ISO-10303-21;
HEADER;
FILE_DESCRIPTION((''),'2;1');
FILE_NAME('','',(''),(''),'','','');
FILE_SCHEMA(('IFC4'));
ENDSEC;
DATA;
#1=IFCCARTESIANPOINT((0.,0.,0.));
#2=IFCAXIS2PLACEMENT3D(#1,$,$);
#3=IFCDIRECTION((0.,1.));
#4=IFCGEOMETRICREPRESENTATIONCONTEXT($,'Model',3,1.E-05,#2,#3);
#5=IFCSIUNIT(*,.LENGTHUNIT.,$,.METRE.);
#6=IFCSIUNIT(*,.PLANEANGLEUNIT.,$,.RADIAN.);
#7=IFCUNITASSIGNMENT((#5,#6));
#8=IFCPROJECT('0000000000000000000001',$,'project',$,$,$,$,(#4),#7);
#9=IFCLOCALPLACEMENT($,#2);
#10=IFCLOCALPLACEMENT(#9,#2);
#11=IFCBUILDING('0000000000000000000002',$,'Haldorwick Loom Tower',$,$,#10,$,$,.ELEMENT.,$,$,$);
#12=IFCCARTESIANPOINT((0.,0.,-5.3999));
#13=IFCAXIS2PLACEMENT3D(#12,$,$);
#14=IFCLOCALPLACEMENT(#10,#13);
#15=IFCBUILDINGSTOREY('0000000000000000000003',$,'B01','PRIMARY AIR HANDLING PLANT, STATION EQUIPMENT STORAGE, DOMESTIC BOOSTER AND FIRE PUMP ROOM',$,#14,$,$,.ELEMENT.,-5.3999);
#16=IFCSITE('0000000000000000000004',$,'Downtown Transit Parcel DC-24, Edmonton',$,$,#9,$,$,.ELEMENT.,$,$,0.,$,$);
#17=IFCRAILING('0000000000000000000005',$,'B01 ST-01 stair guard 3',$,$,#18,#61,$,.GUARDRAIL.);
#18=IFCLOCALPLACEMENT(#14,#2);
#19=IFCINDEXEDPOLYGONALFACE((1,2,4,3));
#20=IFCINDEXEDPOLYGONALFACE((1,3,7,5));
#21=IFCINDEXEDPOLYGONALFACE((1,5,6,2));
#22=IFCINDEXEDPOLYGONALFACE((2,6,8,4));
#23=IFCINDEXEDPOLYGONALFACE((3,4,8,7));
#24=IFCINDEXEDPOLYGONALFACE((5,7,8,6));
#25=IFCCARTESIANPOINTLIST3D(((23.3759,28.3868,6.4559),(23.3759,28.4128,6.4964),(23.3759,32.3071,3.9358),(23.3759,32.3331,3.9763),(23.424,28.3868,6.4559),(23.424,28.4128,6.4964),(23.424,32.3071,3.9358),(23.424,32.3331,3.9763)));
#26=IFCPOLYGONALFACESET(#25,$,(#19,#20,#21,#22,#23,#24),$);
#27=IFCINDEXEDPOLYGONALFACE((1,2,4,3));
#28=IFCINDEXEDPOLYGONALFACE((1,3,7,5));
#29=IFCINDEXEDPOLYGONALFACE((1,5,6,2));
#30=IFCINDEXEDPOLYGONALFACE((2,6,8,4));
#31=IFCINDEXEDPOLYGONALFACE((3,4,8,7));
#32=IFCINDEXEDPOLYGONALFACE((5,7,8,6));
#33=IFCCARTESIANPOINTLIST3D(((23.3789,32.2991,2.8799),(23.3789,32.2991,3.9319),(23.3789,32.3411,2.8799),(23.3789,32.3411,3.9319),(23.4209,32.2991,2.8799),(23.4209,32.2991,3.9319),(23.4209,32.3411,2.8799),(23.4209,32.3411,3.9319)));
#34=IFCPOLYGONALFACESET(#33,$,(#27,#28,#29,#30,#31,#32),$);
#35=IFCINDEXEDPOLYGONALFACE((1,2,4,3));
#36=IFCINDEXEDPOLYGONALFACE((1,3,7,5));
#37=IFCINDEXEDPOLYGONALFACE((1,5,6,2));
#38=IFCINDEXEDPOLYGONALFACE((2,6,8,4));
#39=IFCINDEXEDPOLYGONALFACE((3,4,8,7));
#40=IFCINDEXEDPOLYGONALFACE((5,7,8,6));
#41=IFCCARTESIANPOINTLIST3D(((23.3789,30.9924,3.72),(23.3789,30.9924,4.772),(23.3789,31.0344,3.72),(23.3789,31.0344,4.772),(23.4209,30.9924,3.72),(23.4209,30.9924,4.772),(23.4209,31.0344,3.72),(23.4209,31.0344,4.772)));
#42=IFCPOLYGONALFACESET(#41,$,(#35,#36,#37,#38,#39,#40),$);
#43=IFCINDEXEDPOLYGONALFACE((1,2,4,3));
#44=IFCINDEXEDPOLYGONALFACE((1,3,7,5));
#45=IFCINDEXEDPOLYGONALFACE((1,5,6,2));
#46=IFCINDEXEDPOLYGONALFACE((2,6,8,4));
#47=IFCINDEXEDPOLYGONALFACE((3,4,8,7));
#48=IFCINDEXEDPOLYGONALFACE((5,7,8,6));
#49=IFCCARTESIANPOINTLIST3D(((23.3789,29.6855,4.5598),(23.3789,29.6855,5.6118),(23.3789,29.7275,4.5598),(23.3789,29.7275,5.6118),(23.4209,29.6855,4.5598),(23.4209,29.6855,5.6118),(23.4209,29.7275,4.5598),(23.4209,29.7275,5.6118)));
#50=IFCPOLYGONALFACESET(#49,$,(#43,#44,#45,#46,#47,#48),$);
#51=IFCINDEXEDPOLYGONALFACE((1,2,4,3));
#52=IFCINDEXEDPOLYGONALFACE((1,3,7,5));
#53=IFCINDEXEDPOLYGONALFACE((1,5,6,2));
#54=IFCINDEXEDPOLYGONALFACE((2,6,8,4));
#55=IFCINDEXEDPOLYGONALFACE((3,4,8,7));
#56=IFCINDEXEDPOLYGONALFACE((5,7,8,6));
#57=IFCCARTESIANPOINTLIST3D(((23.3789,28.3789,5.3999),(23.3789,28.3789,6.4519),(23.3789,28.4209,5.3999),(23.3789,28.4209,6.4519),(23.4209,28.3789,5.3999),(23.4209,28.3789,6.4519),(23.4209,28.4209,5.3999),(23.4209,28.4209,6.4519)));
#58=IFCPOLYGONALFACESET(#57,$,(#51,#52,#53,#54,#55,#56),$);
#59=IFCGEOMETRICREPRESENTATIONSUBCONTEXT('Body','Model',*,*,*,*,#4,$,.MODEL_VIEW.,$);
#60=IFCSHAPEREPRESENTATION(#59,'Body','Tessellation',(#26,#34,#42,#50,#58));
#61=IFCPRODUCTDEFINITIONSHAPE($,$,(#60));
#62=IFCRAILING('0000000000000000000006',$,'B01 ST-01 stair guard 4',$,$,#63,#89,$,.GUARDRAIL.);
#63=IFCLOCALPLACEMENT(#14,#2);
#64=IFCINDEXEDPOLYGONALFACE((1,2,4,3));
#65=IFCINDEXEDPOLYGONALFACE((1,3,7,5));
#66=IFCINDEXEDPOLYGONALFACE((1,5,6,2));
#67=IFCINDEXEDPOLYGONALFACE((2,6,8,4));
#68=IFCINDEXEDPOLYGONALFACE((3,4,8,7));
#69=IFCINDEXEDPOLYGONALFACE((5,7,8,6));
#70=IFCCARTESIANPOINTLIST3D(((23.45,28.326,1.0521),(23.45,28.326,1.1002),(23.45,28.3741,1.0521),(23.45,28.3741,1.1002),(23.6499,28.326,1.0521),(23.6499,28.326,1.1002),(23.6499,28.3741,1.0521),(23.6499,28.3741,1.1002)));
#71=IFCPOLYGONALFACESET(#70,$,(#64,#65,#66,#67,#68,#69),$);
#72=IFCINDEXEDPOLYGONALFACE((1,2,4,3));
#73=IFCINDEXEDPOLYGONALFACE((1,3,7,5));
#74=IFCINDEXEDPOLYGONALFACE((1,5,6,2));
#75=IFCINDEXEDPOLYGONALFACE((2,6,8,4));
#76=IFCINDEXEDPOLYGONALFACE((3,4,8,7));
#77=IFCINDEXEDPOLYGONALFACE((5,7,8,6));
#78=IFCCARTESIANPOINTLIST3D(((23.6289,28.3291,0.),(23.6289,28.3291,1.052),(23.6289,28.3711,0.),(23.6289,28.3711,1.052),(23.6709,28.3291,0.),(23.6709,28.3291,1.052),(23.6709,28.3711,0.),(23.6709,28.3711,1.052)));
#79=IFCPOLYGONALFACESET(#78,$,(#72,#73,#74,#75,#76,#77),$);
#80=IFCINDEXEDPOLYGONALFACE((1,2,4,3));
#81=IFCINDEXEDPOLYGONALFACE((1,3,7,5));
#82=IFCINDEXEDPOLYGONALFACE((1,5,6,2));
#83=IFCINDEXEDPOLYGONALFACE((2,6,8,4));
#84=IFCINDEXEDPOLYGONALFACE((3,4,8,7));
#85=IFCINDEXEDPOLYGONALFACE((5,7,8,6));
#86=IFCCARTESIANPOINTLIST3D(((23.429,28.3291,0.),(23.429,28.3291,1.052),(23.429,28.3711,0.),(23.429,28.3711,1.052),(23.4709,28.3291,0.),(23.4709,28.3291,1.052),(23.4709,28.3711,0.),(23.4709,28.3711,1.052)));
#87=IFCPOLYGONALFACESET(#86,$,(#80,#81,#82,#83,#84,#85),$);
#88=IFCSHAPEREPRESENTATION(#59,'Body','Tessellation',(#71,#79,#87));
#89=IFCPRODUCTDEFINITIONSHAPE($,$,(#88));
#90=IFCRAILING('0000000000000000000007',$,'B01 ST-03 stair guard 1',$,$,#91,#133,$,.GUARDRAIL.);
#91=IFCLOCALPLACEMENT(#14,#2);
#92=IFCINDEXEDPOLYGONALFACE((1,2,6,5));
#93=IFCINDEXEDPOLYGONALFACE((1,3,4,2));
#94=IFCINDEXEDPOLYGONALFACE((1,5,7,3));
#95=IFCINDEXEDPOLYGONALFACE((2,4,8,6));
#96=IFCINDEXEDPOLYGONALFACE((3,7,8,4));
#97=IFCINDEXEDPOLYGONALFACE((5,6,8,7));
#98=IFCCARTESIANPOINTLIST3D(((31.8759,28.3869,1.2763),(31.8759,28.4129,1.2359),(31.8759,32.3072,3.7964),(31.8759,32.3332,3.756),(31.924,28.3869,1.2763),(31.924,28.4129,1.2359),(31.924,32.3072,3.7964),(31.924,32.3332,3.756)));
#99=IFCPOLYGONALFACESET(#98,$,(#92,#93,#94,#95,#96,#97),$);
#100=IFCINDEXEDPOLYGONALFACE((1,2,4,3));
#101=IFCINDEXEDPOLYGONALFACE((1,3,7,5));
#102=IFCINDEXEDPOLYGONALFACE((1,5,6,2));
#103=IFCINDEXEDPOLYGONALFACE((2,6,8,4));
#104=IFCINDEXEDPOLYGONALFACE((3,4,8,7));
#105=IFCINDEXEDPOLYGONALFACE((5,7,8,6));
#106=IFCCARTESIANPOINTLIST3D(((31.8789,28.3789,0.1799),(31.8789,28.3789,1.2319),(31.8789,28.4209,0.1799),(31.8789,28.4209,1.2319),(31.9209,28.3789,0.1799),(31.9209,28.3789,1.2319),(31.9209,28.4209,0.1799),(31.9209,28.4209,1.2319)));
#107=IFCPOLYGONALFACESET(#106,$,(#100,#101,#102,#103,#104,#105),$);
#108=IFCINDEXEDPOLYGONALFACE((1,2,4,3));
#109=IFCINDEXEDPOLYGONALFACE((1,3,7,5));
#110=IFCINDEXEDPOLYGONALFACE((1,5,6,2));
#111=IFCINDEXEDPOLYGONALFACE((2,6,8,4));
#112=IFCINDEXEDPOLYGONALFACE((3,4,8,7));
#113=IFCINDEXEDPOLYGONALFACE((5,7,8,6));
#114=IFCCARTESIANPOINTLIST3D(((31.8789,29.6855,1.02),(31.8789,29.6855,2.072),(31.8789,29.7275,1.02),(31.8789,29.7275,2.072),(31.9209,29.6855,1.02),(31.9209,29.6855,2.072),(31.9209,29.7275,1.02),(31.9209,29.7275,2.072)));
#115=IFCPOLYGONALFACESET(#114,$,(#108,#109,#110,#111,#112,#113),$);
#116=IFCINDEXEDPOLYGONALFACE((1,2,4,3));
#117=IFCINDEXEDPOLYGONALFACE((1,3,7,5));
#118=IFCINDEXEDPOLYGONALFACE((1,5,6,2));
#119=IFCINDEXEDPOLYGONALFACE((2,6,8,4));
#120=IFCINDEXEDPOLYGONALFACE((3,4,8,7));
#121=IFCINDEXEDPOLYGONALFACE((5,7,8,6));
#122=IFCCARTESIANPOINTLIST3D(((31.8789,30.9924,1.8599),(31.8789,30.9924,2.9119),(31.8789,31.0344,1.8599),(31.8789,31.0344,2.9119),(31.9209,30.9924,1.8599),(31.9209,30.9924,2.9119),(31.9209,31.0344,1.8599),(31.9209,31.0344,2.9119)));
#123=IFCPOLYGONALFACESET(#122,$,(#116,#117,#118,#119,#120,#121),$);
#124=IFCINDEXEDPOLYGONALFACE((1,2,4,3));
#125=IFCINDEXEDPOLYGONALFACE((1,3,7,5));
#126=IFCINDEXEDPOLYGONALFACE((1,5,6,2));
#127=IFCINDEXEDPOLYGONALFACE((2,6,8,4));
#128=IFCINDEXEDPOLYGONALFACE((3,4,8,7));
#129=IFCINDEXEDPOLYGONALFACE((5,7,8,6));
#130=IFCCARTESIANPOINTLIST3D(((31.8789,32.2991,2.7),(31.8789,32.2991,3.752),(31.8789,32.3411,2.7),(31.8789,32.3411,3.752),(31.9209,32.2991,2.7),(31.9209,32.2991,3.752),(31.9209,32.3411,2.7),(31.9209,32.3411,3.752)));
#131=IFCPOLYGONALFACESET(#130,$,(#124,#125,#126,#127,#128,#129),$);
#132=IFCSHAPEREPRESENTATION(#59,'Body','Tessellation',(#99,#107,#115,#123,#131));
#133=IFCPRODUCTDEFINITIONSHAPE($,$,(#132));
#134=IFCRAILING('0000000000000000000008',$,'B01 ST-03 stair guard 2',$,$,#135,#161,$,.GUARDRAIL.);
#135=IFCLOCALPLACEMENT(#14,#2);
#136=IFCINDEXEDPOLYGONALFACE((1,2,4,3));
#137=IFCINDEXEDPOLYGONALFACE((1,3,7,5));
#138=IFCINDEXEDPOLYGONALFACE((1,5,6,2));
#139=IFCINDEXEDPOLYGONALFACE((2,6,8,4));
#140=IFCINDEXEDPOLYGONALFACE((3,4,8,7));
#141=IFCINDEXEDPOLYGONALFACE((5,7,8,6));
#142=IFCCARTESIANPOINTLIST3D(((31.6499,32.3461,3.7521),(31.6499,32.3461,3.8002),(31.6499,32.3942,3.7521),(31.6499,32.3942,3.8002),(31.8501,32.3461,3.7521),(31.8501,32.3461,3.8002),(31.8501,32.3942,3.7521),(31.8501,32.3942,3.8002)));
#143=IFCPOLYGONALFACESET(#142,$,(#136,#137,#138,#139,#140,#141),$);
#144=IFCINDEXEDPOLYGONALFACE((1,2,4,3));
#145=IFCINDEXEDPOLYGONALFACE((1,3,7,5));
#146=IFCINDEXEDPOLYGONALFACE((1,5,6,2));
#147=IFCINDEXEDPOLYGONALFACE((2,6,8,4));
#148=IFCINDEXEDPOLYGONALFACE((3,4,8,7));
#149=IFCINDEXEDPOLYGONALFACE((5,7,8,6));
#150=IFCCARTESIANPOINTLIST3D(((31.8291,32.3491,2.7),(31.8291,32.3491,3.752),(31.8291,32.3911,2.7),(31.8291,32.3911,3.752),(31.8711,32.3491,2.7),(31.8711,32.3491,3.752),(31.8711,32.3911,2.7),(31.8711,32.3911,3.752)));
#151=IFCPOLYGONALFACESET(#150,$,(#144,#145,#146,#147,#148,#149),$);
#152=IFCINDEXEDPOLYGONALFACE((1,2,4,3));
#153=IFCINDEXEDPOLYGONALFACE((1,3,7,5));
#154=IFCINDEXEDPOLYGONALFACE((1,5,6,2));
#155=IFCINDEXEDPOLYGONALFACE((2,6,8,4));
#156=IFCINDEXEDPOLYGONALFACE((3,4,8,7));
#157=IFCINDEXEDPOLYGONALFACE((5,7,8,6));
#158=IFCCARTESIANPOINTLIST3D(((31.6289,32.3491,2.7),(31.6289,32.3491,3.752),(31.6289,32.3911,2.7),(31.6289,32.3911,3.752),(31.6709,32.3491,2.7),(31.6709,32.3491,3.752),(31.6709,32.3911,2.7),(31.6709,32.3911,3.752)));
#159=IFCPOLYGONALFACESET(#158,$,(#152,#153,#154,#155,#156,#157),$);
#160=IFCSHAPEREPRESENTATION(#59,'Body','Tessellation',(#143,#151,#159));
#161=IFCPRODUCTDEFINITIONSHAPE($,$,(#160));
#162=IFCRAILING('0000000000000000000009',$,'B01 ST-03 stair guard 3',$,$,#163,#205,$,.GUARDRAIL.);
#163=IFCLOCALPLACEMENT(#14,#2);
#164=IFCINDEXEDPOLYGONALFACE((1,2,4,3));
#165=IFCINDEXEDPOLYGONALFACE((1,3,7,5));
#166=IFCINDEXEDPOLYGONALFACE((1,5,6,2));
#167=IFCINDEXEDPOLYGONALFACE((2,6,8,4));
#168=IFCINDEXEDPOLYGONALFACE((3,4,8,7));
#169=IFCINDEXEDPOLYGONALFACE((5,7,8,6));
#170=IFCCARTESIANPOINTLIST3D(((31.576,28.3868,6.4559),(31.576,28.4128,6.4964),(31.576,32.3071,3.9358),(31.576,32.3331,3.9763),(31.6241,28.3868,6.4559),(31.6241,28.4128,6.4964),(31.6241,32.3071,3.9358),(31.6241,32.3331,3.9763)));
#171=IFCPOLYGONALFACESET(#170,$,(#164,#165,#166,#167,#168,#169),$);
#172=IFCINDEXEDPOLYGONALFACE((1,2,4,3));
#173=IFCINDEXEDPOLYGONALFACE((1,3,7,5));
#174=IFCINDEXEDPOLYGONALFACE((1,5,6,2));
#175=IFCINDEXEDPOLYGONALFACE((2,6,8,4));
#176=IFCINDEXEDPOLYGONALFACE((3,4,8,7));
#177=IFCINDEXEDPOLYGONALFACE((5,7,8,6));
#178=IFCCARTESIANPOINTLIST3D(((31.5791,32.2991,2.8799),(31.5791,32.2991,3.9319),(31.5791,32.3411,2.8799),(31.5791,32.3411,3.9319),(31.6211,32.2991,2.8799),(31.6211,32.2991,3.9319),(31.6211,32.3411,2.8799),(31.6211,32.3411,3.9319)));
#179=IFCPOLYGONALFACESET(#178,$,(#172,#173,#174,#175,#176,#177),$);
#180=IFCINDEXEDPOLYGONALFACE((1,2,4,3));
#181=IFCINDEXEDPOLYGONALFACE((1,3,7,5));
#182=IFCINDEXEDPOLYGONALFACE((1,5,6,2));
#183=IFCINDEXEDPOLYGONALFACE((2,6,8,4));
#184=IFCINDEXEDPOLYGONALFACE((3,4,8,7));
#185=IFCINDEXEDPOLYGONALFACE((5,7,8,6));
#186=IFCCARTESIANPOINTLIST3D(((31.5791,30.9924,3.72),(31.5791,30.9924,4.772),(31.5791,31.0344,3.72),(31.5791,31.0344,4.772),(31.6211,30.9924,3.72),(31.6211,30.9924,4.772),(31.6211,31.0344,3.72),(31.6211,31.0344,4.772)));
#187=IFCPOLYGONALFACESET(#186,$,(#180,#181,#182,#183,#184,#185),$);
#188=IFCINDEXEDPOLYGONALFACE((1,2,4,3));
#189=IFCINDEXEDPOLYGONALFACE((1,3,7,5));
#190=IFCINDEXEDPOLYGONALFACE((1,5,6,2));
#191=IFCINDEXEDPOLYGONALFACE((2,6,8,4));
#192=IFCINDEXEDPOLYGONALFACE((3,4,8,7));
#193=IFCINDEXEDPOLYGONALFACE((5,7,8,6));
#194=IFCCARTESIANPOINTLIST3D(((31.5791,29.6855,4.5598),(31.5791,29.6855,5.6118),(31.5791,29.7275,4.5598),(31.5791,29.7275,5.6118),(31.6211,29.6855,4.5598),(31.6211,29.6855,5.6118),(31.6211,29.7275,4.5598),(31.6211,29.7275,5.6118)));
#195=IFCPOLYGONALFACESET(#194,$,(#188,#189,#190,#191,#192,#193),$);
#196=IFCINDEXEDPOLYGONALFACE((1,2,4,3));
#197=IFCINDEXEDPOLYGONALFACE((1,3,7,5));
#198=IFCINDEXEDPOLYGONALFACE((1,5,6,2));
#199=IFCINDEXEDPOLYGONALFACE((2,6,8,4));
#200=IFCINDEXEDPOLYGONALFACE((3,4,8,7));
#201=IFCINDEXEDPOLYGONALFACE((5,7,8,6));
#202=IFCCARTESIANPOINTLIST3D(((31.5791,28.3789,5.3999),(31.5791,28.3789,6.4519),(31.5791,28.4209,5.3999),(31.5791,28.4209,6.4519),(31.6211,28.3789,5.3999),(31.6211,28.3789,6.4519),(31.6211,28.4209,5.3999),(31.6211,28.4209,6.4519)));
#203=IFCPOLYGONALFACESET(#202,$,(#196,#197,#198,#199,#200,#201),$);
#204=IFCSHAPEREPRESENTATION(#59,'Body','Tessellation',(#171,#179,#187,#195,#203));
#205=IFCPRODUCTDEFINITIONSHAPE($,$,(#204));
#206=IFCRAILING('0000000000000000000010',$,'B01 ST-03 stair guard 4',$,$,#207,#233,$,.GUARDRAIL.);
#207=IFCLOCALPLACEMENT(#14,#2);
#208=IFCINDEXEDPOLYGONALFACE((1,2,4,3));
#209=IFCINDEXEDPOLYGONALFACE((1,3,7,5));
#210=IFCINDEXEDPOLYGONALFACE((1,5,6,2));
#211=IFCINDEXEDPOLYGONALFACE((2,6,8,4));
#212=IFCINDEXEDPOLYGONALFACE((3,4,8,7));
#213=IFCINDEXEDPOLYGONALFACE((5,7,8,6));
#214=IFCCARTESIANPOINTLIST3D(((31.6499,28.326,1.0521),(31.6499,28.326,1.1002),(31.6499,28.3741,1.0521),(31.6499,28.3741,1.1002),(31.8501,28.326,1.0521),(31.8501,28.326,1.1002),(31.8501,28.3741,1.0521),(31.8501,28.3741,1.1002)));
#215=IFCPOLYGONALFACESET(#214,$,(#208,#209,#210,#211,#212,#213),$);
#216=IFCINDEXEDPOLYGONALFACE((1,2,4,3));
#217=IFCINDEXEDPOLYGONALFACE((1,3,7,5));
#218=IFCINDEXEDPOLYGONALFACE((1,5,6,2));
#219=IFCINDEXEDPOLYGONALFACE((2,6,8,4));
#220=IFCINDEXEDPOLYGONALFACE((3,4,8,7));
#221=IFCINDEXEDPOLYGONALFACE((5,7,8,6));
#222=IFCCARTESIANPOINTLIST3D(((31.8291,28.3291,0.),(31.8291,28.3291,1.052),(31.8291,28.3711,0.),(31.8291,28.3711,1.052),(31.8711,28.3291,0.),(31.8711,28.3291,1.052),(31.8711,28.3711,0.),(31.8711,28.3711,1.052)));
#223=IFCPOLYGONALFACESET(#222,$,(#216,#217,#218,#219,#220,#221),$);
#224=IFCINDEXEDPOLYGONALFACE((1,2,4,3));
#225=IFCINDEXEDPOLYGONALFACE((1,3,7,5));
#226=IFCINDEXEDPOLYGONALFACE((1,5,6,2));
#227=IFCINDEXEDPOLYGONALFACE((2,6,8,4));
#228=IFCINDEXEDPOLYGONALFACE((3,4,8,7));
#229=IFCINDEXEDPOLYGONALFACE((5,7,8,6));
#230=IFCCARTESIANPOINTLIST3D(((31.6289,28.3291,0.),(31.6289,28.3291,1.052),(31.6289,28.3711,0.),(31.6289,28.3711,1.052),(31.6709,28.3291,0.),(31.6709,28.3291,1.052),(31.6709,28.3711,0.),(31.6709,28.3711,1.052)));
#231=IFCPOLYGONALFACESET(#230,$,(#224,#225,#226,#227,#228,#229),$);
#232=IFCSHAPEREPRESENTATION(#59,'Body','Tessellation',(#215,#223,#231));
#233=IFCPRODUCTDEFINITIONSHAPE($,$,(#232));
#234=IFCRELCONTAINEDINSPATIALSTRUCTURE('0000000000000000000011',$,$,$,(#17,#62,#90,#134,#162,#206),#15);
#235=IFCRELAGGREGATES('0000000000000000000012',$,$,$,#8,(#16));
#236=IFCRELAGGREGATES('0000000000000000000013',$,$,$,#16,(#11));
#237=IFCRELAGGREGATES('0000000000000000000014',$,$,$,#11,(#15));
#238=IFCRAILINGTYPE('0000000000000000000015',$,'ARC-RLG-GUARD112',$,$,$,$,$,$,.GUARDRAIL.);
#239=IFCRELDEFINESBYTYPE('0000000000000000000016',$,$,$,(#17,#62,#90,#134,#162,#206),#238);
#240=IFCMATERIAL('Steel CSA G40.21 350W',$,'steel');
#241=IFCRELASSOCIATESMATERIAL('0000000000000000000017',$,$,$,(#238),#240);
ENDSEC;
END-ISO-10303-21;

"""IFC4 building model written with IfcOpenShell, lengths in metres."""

from ifc_helpers import new_model, si_unit, direction, frame, origin, origin_2d, place, context, subcontext, project, spatial, rectangle, extrude, material, type_object, element, save


model = new_model("IFC4")

# Units and contexts
model_context = context("Model", 3, precision=1e-05, world=origin(), true_north=direction((0.0, 1.0)))
body_context = subcontext(model_context, "Body", "Model", "MODEL_VIEW")
ifc_project = project(units=[si_unit("LENGTHUNIT", "METRE"), si_unit("PLANEANGLEUNIT", "RADIAN")], contexts=[model_context])

# Site, building, storey
site_placement = place(None, origin())
site = spatial("IfcSite", under=ifc_project, at=site_placement, Name="Downtown Transit Parcel DC-24, Edmonton", CompositionType="ELEMENT", RefElevation=0.0)
building_placement = place(site_placement, origin())
building = spatial("IfcBuilding", under=site, at=building_placement, Name="Haldorwick Loom Tower", CompositionType="ELEMENT")
storey_placement = place(building_placement, frame((0.0, 0.0, -5.3999)))
storey = spatial("IfcBuildingStorey", under=building, at=storey_placement, Name="B01", Description="PRIMARY AIR HANDLING PLANT, STATION EQUIPMENT STORAGE, DOMESTIC BOOSTER AND FIRE PUMP ROOM", CompositionType="ELEMENT", Elevation=-5.3999)

# Shared definitions
ifc_material_1 = material(Name="Steel CSA G40.21 350W", Category="steel")

# Railings
railing_type_1 = type_object("IfcRailingType", Name="ARC-RLG-GUARD112", PredefinedType="GUARDRAIL", material=ifc_material_1)
railing_1_placement = place(storey_placement, frame((23.3999, 32.3201, 2.8799)))
element("IfcRailing", 1, at=railing_1_placement, inside=storey, type_object=railing_type_1, Name="B01 ST-01 stair guard 3", PredefinedType="GUARDRAIL", context=body_context, shape_type="SweptSolid", body=[
    extrude(rectangle(XDim=0.0481, YDim=0.0481, at=origin_2d()), frame((0.0, 0.0, 1.0762), z_axis=(0.0, -0.841187, 0.540744), x_axis=(1.0, 0.0, 0.0)), (0.0, 0.0, 1.0), 4.6604),
    extrude(rectangle(XDim=0.042, YDim=0.042, at=origin_2d()), origin(), (0.0, 0.0, 1.0), 1.052),
    extrude(rectangle(XDim=0.042, YDim=0.042, at=origin_2d()), frame((0.0, -1.3066, 0.8401)), (0.0, 0.0, 1.0), 1.052),
    extrude(rectangle(XDim=0.042, YDim=0.042, at=origin_2d()), frame((0.0, -2.6135, 1.6799)), (0.0, 0.0, 1.0), 1.052),
    extrude(rectangle(XDim=0.042, YDim=0.042, at=origin_2d()), frame((0.0, -3.9202, 2.52)), (0.0, 0.0, 1.0), 1.052),
])
railing_2_placement = place(storey_placement, frame((23.6499, 28.3501, 0.0)))
element("IfcRailing", 2, at=railing_2_placement, inside=storey, type_object=railing_type_1, Name="B01 ST-01 stair guard 4", PredefinedType="GUARDRAIL", context=body_context, shape_type="SweptSolid", body=[
    extrude(rectangle(XDim=0.0481, YDim=0.0481, at=origin_2d()), frame((0.0, 0.0, 1.0762), z_axis=(-1.0, 0.0, 0.0), x_axis=(0.0, -1.0, 0.0)), (0.0, 0.0, 1.0), 0.2),
    extrude(rectangle(XDim=0.042, YDim=0.042, at=origin_2d()), origin(), (0.0, 0.0, 1.0), 1.052),
    extrude(rectangle(XDim=0.042, YDim=0.042, at=origin_2d()), frame((-0.2, 0.0, 0.0)), (0.0, 0.0, 1.0), 1.052),
])
railing_3_placement = place(storey_placement, frame((31.8999, 28.3999, 0.1799)))
element("IfcRailing", 3, at=railing_3_placement, inside=storey, type_object=railing_type_1, Name="B01 ST-03 stair guard 1", PredefinedType="GUARDRAIL", context=body_context, shape_type="SweptSolid", body=[
    extrude(rectangle(XDim=0.0481, YDim=0.0481, at=origin_2d()), frame((0.0, 0.0, 1.0762), z_axis=(0.0, 0.841187, 0.540744), x_axis=(-1.0, 0.0, 0.0)), (0.0, 0.0, 1.0), 4.6604),
    extrude(rectangle(XDim=0.042, YDim=0.042, at=origin_2d()), origin(), (0.0, 0.0, 1.0), 1.052),
    extrude(rectangle(XDim=0.042, YDim=0.042, at=origin_2d()), frame((0.0, 1.3066, 0.8401)), (0.0, 0.0, 1.0), 1.052),
    extrude(rectangle(XDim=0.042, YDim=0.042, at=origin_2d()), frame((0.0, 2.6135, 1.6799)), (0.0, 0.0, 1.0), 1.052),
    extrude(rectangle(XDim=0.042, YDim=0.042, at=origin_2d()), frame((0.0, 3.9202, 2.52)), (0.0, 0.0, 1.0), 1.052),
])
railing_4_placement = place(storey_placement, frame((31.8501, 32.3701, 2.7)))
element("IfcRailing", 4, at=railing_4_placement, inside=storey, type_object=railing_type_1, Name="B01 ST-03 stair guard 2", PredefinedType="GUARDRAIL", context=body_context, shape_type="SweptSolid", body=[
    extrude(rectangle(XDim=0.0481, YDim=0.0481, at=origin_2d()), frame((0.0, 0.0, 1.0762), z_axis=(-1.0, 0.0, 0.0), x_axis=(0.0, -1.0, 0.0)), (0.0, 0.0, 1.0), 0.2002),
    extrude(rectangle(XDim=0.042, YDim=0.042, at=origin_2d()), origin(), (0.0, 0.0, 1.0), 1.052),
    extrude(rectangle(XDim=0.042, YDim=0.042, at=origin_2d()), frame((-0.2002, 0.0, 0.0)), (0.0, 0.0, 1.0), 1.052),
])
railing_5_placement = place(storey_placement, frame((31.6001, 32.3201, 2.8799)))
element("IfcRailing", 5, at=railing_5_placement, inside=storey, type_object=railing_type_1, Name="B01 ST-03 stair guard 3", PredefinedType="GUARDRAIL", context=body_context, shape_type="SweptSolid", body=[
    extrude(rectangle(XDim=0.0481, YDim=0.0481, at=origin_2d()), frame((0.0, 0.0, 1.0762), z_axis=(0.0, -0.841187, 0.540744), x_axis=(1.0, 0.0, 0.0)), (0.0, 0.0, 1.0), 4.6604),
    extrude(rectangle(XDim=0.042, YDim=0.042, at=origin_2d()), origin(), (0.0, 0.0, 1.0), 1.052),
    extrude(rectangle(XDim=0.042, YDim=0.042, at=origin_2d()), frame((0.0, -1.3066, 0.8401)), (0.0, 0.0, 1.0), 1.052),
    extrude(rectangle(XDim=0.042, YDim=0.042, at=origin_2d()), frame((0.0, -2.6135, 1.6799)), (0.0, 0.0, 1.0), 1.052),
    extrude(rectangle(XDim=0.042, YDim=0.042, at=origin_2d()), frame((0.0, -3.9202, 2.52)), (0.0, 0.0, 1.0), 1.052),
])
railing_6_placement = place(storey_placement, frame((31.8501, 28.3501, 0.0)))
element("IfcRailing", 6, at=railing_6_placement, inside=storey, type_object=railing_type_1, Name="B01 ST-03 stair guard 4", PredefinedType="GUARDRAIL", context=body_context, shape_type="SweptSolid", body=[
    extrude(rectangle(XDim=0.0481, YDim=0.0481, at=origin_2d()), frame((0.0, 0.0, 1.0762), z_axis=(-1.0, 0.0, 0.0), x_axis=(0.0, -1.0, 0.0)), (0.0, 0.0, 1.0), 0.2002),
    extrude(rectangle(XDim=0.042, YDim=0.042, at=origin_2d()), origin(), (0.0, 0.0, 1.0), 1.052),
    extrude(rectangle(XDim=0.042, YDim=0.042, at=origin_2d()), frame((-0.2002, 0.0, 0.0)), (0.0, 0.0, 1.0), 1.052),
])

save(model, "model.ifc")
